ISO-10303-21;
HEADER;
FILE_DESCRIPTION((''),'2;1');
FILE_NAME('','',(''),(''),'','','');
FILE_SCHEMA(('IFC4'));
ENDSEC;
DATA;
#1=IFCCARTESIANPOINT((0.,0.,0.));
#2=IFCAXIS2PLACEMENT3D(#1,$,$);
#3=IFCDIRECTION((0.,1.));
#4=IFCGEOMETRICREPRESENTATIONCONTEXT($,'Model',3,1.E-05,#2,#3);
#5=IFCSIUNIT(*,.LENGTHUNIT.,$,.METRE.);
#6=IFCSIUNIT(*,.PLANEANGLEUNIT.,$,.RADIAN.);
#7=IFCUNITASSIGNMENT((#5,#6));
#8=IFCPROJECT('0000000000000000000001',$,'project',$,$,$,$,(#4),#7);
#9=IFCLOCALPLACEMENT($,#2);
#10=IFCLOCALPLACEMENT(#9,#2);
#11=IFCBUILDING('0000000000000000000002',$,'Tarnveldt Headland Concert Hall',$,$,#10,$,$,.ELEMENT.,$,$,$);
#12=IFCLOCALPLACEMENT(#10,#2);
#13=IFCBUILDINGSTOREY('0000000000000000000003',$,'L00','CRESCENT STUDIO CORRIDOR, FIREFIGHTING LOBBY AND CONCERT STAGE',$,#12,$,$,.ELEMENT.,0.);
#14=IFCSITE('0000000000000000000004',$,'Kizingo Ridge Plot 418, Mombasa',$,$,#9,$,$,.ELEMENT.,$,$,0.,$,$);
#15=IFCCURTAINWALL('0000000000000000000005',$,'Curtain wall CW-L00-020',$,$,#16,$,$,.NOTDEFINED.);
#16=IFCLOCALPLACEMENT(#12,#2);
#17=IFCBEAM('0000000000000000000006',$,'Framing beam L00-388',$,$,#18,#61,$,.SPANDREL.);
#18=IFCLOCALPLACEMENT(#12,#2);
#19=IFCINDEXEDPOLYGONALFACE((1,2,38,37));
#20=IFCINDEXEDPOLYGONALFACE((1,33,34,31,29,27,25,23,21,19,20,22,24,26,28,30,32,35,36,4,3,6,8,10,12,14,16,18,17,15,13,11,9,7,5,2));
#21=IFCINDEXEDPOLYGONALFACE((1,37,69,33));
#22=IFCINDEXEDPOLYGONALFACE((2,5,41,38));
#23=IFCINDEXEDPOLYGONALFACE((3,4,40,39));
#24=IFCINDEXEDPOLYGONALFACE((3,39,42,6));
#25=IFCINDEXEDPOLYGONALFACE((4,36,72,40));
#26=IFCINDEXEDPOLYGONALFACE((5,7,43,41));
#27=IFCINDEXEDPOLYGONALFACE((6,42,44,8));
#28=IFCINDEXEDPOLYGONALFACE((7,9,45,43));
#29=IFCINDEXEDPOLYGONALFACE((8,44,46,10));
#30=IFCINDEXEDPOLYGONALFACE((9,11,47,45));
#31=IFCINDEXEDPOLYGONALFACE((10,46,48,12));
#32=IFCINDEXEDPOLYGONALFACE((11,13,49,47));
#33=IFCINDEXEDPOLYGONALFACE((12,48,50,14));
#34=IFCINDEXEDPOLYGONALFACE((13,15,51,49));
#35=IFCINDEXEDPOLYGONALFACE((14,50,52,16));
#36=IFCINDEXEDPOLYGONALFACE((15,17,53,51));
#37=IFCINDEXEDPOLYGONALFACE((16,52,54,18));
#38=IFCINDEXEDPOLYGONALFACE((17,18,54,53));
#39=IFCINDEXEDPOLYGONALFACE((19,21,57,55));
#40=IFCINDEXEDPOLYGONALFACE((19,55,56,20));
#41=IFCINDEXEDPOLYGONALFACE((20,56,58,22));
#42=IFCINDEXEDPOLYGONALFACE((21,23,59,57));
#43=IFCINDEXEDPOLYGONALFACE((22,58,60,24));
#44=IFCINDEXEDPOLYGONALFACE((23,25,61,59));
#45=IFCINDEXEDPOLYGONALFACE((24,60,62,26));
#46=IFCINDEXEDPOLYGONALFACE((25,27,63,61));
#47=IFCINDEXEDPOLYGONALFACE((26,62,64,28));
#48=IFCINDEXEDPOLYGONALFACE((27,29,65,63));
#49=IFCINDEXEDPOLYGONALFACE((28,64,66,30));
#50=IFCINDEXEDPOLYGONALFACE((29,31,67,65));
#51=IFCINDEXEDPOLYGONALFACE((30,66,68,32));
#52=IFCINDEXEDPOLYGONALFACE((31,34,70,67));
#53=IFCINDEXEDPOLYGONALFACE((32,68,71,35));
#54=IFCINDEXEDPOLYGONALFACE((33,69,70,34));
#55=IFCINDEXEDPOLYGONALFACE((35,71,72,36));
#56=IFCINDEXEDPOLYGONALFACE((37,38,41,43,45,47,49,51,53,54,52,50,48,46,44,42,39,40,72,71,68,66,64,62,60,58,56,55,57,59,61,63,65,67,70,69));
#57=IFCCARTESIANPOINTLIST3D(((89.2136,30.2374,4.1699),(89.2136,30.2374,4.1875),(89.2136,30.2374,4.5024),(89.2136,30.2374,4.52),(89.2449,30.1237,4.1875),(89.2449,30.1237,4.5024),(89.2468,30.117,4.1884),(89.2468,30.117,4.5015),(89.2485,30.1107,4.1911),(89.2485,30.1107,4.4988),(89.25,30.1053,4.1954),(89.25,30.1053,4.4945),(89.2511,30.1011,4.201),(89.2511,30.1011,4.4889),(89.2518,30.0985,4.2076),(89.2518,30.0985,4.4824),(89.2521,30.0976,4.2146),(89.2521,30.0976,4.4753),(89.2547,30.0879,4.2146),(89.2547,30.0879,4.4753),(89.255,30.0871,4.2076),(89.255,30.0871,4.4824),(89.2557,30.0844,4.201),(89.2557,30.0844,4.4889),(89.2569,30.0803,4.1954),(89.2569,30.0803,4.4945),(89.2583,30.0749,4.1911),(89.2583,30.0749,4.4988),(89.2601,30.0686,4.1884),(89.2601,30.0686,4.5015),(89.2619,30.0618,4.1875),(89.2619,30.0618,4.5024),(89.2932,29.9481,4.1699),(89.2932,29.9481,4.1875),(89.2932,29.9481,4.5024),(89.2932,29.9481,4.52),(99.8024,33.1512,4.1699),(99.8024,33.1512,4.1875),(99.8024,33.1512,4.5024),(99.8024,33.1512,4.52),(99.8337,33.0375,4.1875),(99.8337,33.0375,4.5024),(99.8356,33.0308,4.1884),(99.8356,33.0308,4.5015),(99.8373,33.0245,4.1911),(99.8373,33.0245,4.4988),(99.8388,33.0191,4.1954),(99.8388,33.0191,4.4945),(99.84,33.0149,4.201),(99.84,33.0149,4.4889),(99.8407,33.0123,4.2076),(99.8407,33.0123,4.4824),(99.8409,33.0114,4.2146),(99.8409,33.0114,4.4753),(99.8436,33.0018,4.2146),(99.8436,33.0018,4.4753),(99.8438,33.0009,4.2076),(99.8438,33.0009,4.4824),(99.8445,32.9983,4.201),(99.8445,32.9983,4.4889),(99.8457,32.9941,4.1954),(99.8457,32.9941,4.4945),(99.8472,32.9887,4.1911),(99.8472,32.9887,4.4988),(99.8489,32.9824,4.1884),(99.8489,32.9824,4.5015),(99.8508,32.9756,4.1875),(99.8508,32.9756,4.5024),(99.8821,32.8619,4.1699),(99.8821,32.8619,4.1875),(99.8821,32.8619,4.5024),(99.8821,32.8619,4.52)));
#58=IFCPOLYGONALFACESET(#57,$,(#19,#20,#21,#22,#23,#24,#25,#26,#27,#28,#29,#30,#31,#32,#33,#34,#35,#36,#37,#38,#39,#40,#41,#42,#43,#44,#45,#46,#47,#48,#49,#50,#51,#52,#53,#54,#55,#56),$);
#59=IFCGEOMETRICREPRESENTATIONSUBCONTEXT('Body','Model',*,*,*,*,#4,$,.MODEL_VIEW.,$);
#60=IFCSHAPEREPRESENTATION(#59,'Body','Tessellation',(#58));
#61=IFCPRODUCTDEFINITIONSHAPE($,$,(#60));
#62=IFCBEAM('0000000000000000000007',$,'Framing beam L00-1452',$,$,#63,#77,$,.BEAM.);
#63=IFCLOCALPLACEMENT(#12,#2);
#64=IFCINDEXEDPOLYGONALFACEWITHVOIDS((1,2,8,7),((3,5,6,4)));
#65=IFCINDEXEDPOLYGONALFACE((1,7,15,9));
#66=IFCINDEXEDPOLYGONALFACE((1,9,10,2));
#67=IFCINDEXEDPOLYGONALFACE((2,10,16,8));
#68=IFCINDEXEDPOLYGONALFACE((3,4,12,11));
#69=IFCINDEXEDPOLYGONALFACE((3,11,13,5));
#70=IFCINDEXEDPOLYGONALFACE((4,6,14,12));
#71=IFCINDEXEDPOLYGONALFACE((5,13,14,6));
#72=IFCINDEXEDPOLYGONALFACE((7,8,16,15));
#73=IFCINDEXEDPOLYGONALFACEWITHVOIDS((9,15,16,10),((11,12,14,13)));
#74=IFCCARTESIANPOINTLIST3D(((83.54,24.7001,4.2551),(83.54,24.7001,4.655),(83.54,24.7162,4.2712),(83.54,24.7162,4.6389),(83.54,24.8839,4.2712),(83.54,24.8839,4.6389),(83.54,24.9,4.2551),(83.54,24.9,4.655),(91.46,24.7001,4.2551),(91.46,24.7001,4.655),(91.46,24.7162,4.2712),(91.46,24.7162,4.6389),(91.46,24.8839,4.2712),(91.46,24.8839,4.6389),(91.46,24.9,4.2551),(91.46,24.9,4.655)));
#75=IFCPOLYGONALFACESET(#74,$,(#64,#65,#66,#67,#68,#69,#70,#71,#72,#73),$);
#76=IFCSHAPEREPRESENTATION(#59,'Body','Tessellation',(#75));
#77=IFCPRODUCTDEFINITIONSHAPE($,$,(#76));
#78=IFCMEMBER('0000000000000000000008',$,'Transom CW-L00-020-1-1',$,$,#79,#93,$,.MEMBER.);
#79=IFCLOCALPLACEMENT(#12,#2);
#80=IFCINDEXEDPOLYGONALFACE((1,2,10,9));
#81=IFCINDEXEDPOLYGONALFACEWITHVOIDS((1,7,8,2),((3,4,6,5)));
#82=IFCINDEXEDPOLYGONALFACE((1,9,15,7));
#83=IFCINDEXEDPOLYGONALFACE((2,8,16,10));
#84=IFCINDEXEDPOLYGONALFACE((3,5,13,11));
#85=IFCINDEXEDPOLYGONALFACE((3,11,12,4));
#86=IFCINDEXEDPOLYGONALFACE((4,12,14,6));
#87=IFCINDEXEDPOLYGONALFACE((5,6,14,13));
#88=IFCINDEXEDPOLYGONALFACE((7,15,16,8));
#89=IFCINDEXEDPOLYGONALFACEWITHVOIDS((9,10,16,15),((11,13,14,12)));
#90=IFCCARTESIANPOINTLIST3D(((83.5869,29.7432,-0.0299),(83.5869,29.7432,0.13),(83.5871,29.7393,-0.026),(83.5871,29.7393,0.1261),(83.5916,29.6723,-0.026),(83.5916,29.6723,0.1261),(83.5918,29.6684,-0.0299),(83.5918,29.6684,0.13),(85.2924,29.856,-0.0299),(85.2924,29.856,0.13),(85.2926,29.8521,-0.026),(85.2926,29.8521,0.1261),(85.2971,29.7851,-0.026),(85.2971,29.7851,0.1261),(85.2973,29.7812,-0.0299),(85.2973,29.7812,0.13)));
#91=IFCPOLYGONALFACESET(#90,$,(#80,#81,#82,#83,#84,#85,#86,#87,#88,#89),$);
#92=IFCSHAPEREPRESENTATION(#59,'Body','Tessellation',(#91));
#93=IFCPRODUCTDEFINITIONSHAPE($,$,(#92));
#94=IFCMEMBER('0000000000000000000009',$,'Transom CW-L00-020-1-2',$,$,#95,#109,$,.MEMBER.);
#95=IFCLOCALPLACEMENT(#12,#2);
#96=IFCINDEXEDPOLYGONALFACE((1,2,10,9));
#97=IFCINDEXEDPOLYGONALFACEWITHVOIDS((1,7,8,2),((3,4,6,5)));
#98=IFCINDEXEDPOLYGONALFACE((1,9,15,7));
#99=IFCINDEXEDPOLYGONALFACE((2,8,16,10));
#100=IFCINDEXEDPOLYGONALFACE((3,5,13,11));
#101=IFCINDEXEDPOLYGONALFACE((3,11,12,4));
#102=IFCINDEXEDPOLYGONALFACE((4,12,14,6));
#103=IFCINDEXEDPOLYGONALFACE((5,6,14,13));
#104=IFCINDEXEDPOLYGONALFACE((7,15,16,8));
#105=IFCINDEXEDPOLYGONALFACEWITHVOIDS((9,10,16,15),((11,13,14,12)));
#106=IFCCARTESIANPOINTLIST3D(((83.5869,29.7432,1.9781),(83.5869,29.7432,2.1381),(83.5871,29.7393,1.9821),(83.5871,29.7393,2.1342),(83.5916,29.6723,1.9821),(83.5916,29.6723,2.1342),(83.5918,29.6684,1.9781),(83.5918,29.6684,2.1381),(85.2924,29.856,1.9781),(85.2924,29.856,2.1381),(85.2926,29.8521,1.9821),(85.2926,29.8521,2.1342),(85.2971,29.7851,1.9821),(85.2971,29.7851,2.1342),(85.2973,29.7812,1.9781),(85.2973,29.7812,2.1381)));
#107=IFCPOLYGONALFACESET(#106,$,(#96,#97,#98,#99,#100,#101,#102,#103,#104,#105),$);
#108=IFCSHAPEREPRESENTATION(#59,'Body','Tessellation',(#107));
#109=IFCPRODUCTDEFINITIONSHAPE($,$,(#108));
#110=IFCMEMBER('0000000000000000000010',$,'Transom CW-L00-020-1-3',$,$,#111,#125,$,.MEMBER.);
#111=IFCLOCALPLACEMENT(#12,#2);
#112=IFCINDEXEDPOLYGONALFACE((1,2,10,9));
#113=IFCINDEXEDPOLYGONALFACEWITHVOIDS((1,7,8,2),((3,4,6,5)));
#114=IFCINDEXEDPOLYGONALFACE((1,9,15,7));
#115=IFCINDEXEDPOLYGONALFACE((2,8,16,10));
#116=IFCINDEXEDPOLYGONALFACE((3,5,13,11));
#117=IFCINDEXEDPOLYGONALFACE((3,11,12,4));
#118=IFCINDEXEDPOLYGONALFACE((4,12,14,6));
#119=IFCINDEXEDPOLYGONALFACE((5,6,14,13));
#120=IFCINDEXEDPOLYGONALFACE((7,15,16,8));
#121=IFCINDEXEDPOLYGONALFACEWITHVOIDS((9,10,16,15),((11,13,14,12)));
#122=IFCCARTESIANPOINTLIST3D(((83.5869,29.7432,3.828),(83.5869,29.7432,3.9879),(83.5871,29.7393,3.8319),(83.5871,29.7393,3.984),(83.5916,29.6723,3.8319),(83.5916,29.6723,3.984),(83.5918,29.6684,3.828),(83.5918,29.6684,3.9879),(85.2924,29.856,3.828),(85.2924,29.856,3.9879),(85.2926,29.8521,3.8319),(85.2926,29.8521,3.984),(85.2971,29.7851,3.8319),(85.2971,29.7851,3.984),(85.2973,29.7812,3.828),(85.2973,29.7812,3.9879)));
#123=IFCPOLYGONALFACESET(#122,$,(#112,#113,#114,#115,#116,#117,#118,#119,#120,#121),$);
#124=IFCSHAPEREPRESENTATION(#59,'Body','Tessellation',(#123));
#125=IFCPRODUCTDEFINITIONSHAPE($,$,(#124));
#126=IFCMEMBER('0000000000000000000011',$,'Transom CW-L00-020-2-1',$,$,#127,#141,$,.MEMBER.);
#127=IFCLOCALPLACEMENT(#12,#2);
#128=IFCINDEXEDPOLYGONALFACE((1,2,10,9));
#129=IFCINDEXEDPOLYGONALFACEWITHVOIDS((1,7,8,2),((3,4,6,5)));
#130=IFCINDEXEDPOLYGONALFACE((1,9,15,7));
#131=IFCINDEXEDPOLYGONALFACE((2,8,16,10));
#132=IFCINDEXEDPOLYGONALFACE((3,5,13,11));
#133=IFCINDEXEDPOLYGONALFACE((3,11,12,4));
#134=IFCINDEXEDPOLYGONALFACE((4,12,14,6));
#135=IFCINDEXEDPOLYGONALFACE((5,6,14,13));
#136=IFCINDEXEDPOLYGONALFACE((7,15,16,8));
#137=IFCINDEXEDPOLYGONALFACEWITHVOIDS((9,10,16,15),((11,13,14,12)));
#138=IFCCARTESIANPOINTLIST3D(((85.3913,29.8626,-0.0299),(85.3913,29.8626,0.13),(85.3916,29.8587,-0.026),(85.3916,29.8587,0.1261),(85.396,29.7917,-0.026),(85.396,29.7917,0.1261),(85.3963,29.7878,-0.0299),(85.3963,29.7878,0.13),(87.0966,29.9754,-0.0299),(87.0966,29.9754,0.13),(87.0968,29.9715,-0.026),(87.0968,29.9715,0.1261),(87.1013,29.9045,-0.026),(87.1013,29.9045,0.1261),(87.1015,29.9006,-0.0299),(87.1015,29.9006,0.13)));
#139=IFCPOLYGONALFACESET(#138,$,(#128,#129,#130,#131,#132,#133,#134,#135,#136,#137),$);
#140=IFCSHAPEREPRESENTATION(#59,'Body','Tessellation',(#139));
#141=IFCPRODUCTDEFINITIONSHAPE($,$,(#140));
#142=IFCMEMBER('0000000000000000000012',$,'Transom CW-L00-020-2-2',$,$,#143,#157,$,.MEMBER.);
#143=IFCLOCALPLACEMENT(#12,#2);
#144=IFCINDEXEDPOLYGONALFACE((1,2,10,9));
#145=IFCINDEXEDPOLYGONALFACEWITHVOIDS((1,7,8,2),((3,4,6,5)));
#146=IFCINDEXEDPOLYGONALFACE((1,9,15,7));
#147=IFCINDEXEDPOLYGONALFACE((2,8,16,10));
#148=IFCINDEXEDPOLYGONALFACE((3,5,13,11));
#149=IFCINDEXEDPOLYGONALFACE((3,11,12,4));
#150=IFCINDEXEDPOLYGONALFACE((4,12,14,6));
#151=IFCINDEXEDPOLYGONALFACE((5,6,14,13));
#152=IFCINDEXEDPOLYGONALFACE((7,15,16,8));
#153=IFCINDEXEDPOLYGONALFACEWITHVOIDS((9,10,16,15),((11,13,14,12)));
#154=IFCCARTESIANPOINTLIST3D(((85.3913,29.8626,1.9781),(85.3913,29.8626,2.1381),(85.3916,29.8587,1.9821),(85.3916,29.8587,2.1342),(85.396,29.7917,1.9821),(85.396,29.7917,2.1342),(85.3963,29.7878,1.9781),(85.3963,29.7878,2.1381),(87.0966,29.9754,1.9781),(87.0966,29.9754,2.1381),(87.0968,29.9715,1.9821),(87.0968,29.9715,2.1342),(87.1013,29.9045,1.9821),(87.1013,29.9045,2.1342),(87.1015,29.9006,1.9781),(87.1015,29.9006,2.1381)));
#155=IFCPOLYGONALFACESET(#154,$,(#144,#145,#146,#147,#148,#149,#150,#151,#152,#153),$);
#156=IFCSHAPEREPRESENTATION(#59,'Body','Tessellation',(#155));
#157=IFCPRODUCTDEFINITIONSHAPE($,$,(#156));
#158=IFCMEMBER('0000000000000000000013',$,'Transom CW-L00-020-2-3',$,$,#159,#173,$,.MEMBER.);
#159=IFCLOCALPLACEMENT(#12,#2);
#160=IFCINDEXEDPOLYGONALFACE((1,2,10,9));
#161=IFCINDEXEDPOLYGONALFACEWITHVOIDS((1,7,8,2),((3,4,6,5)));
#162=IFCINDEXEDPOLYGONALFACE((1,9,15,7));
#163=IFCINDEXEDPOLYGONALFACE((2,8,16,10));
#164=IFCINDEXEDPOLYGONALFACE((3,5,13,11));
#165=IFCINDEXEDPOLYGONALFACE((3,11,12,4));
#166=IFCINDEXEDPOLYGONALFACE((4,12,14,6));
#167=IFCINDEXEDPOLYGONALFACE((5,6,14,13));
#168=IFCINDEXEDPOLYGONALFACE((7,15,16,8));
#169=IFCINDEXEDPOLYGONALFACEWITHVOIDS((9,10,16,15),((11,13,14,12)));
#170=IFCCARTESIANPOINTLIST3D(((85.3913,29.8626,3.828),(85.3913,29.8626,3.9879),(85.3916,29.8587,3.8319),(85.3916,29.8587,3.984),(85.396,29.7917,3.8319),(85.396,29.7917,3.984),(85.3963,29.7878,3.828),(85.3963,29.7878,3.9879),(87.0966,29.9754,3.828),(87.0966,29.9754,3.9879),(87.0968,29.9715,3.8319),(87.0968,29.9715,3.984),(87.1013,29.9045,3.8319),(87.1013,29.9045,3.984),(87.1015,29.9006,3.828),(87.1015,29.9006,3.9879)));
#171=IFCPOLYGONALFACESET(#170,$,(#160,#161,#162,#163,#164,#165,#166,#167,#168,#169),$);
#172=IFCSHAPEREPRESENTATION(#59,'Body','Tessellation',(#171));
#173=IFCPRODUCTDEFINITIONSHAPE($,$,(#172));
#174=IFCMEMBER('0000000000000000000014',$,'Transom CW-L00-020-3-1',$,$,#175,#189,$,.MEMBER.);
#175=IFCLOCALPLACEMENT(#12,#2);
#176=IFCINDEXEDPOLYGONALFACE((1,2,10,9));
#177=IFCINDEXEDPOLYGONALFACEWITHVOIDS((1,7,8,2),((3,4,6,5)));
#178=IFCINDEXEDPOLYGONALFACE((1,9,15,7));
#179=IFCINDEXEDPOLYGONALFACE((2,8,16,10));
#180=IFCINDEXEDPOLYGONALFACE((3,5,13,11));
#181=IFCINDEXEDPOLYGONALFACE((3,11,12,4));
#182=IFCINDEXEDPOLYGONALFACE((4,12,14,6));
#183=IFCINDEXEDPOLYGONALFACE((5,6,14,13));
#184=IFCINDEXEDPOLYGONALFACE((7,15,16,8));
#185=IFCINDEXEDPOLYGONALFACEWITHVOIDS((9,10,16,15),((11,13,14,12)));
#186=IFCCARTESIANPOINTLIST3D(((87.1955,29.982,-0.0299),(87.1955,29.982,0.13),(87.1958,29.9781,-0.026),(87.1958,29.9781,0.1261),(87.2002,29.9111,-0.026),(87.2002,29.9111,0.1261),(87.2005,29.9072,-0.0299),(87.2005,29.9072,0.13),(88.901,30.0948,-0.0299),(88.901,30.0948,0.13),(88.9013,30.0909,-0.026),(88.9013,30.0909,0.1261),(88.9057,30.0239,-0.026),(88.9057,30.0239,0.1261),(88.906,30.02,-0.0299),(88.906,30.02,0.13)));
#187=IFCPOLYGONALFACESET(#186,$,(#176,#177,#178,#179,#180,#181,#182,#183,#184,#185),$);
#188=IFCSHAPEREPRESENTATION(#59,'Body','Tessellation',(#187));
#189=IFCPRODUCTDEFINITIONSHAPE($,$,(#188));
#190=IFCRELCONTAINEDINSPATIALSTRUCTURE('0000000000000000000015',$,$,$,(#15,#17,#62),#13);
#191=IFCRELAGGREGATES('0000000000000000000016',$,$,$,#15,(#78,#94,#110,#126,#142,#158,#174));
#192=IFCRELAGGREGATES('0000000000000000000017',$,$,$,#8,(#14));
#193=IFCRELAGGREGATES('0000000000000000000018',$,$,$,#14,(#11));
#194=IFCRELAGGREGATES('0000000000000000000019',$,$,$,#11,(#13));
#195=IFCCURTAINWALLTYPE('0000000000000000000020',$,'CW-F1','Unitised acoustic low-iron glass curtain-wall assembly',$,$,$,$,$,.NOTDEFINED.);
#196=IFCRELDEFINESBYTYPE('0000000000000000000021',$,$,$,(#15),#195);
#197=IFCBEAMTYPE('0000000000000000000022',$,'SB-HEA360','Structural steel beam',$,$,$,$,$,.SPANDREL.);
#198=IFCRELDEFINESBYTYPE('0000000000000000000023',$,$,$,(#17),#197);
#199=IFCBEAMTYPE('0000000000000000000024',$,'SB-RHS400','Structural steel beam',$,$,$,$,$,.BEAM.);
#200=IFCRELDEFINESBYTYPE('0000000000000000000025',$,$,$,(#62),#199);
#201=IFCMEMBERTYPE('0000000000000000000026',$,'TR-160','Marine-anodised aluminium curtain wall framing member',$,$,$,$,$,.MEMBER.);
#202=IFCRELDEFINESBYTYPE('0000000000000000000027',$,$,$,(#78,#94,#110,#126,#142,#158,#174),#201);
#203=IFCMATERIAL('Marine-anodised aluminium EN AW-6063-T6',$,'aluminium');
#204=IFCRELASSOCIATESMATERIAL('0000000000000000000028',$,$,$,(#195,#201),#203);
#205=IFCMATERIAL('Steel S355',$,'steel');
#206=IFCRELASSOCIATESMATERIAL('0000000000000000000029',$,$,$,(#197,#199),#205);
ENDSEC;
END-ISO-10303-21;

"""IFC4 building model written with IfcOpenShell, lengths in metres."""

from ifc_helpers import new_model, si_unit, direction, frame, origin, origin_2d, place, context, subcontext, project, spatial, hollow_rectangle, i_section, extrude, material, material_profile, profile_set, type_object, element, aggregate, save


model = new_model("IFC4")

# Units and contexts
model_context = context("Model", 3, precision=1e-05, world=origin(), true_north=direction((0.0, 1.0)))
body_context = subcontext(model_context, "Body", "Model", "MODEL_VIEW")
ifc_project = project(units=[si_unit("LENGTHUNIT", "METRE"), si_unit("PLANEANGLEUNIT", "RADIAN")], contexts=[model_context])

# Site, building, storey
site_placement = place(None, origin())
site = spatial("IfcSite", under=ifc_project, at=site_placement, Name="Kizingo Ridge Plot 418, Mombasa", CompositionType="ELEMENT", RefElevation=0.0)
building_placement = place(site_placement, origin())
building = spatial("IfcBuilding", under=site, at=building_placement, Name="Tarnveldt Headland Concert Hall", CompositionType="ELEMENT")
storey_placement = place(building_placement, origin())
storey = spatial("IfcBuildingStorey", under=building, at=storey_placement, Name="L00", Description="CRESCENT STUDIO CORRIDOR, FIREFIGHTING LOBBY AND CONCERT STAGE", CompositionType="ELEMENT", Elevation=0.0)

# Shared definitions
ifc_material_1 = material(Name="Steel S355", Category="steel")

# Curtain wall
ifc_material_2 = material(Name="Marine-anodised aluminium EN AW-6063-T6", Category="aluminium")
curtain_wall_type = type_object("IfcCurtainWallType", Name="CW-F1", Description="Unitised acoustic low-iron glass curtain-wall assembly", PredefinedType="NOTDEFINED", material=ifc_material_2)
curtain_wall_1_placement = place(storey_placement, origin())
curtain_wall_1 = element("IfcCurtainWall", 1, at=curtain_wall_1_placement, inside=storey, type_object=curtain_wall_type, Name="Curtain wall CW-L00-020", PredefinedType="NOTDEFINED")

# Beams
ifc_material_profile_1 = material_profile(ifc_material_1, i_section(OverallWidth=0.3, OverallDepth=0.3501, WebThickness=0.01, FlangeThickness=0.0176, FilletRadius=0.0271, at=origin_2d()), Name="HEA360", Category="steel")
ifc_profile_set_1 = profile_set([ifc_material_profile_1], Name="Steel S355")
beam_type_1 = type_object("IfcBeamType", Name="SB-HEA360", Description="Structural steel beam", PredefinedType="SPANDREL", material=ifc_profile_set_1)
beam_1_placement = place(storey_placement, frame((89.2534, 30.0928, 4.345), z_axis=(0.964162, 0.265316, 0.0), x_axis=(-0.265316, 0.964162, 0.0)))
element("IfcBeam", 2, at=beam_1_placement, inside=storey, type_object=beam_type_1, Name="Framing beam L00-388", PredefinedType="SPANDREL", context=body_context, shape_type="SweptSolid", body=[
    extrude(i_section(OverallWidth=0.3, OverallDepth=0.3501, WebThickness=0.01, FlangeThickness=0.0176, FilletRadius=0.0271, at=origin_2d()), origin(), (0.0, 0.0, 1.0), 10.9824),
])
ifc_material_profile_2 = material_profile(ifc_material_1, hollow_rectangle(XDim=0.2, YDim=0.3999, WallThickness=0.0161, at=origin_2d()), Name="RHS 400x200x16", Category="steel")
ifc_profile_set_2 = profile_set([ifc_material_profile_2], Name="Steel S355")
beam_type_2 = type_object("IfcBeamType", Name="SB-RHS400", Description="Structural steel beam", PredefinedType="BEAM", material=ifc_profile_set_2)
beam_2_placement = place(storey_placement, frame((83.54, 24.8, 4.4551), z_axis=(1.0, 0.0, 0.0), x_axis=(0.0, 1.0, 0.0)))
element("IfcBeam", 3, at=beam_2_placement, inside=storey, type_object=beam_type_2, Name="Framing beam L00-1452", PredefinedType="BEAM", context=body_context, shape_type="SweptSolid", body=[
    extrude(hollow_rectangle(XDim=0.2, YDim=0.3999, WallThickness=0.0161, at=origin_2d()), origin(), (0.0, 0.0, 1.0), 7.9199),
])

# Members
ifc_material_profile_3 = material_profile(ifc_material_2, hollow_rectangle(XDim=0.075, YDim=0.1599, WallThickness=0.0039, at=origin_2d()), Name="ALU TRANSOM 75x160x4", Category="aluminium")
ifc_profile_set_3 = profile_set([ifc_material_profile_3], Name="Marine-anodised aluminium EN AW-6063-T6")
member_type_1 = type_object("IfcMemberType", Name="TR-160", Description="Marine-anodised aluminium curtain wall framing member", PredefinedType="MEMBER", material=ifc_profile_set_3)
member_1_placement = place(storey_placement, frame((83.5894, 29.7058, 0.05), z_axis=(0.99782, 0.065988, 0.0), x_axis=(-0.065988, 0.99782, 0.0)))
member_1 = element("IfcMember", 4, at=member_1_placement, type_object=member_type_1, Name="Transom CW-L00-020-1-1", PredefinedType="MEMBER", context=body_context, shape_type="SweptSolid", body=[
    extrude(hollow_rectangle(XDim=0.075, YDim=0.1599, WallThickness=0.0039, at=origin_2d()), origin(), (0.0, 0.0, 1.0), 1.7092),
])
member_2_placement = place(storey_placement, frame((83.5894, 29.7058, 2.0581), z_axis=(0.99782, 0.065988, 0.0), x_axis=(-0.065988, 0.99782, 0.0)))
member_2 = element("IfcMember", 5, at=member_2_placement, type_object=member_type_1, Name="Transom CW-L00-020-1-2", PredefinedType="MEMBER", context=body_context, shape_type="SweptSolid", body=[
    extrude(hollow_rectangle(XDim=0.075, YDim=0.1599, WallThickness=0.0039, at=origin_2d()), origin(), (0.0, 0.0, 1.0), 1.7092),
])
member_3_placement = place(storey_placement, frame((83.5894, 29.7058, 3.908), z_axis=(0.99782, 0.065988, 0.0), x_axis=(-0.065988, 0.99782, 0.0)))
member_3 = element("IfcMember", 6, at=member_3_placement, type_object=member_type_1, Name="Transom CW-L00-020-1-3", PredefinedType="MEMBER", context=body_context, shape_type="SweptSolid", body=[
    extrude(hollow_rectangle(XDim=0.075, YDim=0.1599, WallThickness=0.0039, at=origin_2d()), origin(), (0.0, 0.0, 1.0), 1.7092),
])
member_4_placement = place(storey_placement, frame((85.3938, 29.8252, 0.05), z_axis=(0.99782, 0.065998, 0.0), x_axis=(-0.065998, 0.99782, 0.0)))
member_4 = element("IfcMember", 7, at=member_4_placement, type_object=member_type_1, Name="Transom CW-L00-020-2-1", PredefinedType="MEMBER", context=body_context, shape_type="SweptSolid", body=[
    extrude(hollow_rectangle(XDim=0.075, YDim=0.1599, WallThickness=0.0039, at=origin_2d()), origin(), (0.0, 0.0, 1.0), 1.709),
])
member_5_placement = place(storey_placement, frame((85.3938, 29.8252, 2.0581), z_axis=(0.99782, 0.065998, 0.0), x_axis=(-0.065998, 0.99782, 0.0)))
member_5 = element("IfcMember", 8, at=member_5_placement, type_object=member_type_1, Name="Transom CW-L00-020-2-2", PredefinedType="MEMBER", context=body_context, shape_type="SweptSolid", body=[
    extrude(hollow_rectangle(XDim=0.075, YDim=0.1599, WallThickness=0.0039, at=origin_2d()), origin(), (0.0, 0.0, 1.0), 1.709),
])
member_6_placement = place(storey_placement, frame((85.3938, 29.8252, 3.908), z_axis=(0.99782, 0.065998, 0.0), x_axis=(-0.065998, 0.99782, 0.0)))
member_6 = element("IfcMember", 9, at=member_6_placement, type_object=member_type_1, Name="Transom CW-L00-020-2-3", PredefinedType="MEMBER", context=body_context, shape_type="SweptSolid", body=[
    extrude(hollow_rectangle(XDim=0.075, YDim=0.1599, WallThickness=0.0039, at=origin_2d()), origin(), (0.0, 0.0, 1.0), 1.709),
])
member_7_placement = place(storey_placement, frame((87.198, 29.9446, 0.05), z_axis=(0.99782, 0.065988, 0.0), x_axis=(-0.065988, 0.99782, 0.0)))
member_7 = element("IfcMember", 10, at=member_7_placement, type_object=member_type_1, Name="Transom CW-L00-020-3-1", PredefinedType="MEMBER", context=body_context, shape_type="SweptSolid", body=[
    extrude(hollow_rectangle(XDim=0.075, YDim=0.1599, WallThickness=0.0039, at=origin_2d()), origin(), (0.0, 0.0, 1.0), 1.7092),
])

aggregate(curtain_wall_1, [member_1, member_2, member_3, member_4, member_5, member_6, member_7])

save(model, "model.ifc")
